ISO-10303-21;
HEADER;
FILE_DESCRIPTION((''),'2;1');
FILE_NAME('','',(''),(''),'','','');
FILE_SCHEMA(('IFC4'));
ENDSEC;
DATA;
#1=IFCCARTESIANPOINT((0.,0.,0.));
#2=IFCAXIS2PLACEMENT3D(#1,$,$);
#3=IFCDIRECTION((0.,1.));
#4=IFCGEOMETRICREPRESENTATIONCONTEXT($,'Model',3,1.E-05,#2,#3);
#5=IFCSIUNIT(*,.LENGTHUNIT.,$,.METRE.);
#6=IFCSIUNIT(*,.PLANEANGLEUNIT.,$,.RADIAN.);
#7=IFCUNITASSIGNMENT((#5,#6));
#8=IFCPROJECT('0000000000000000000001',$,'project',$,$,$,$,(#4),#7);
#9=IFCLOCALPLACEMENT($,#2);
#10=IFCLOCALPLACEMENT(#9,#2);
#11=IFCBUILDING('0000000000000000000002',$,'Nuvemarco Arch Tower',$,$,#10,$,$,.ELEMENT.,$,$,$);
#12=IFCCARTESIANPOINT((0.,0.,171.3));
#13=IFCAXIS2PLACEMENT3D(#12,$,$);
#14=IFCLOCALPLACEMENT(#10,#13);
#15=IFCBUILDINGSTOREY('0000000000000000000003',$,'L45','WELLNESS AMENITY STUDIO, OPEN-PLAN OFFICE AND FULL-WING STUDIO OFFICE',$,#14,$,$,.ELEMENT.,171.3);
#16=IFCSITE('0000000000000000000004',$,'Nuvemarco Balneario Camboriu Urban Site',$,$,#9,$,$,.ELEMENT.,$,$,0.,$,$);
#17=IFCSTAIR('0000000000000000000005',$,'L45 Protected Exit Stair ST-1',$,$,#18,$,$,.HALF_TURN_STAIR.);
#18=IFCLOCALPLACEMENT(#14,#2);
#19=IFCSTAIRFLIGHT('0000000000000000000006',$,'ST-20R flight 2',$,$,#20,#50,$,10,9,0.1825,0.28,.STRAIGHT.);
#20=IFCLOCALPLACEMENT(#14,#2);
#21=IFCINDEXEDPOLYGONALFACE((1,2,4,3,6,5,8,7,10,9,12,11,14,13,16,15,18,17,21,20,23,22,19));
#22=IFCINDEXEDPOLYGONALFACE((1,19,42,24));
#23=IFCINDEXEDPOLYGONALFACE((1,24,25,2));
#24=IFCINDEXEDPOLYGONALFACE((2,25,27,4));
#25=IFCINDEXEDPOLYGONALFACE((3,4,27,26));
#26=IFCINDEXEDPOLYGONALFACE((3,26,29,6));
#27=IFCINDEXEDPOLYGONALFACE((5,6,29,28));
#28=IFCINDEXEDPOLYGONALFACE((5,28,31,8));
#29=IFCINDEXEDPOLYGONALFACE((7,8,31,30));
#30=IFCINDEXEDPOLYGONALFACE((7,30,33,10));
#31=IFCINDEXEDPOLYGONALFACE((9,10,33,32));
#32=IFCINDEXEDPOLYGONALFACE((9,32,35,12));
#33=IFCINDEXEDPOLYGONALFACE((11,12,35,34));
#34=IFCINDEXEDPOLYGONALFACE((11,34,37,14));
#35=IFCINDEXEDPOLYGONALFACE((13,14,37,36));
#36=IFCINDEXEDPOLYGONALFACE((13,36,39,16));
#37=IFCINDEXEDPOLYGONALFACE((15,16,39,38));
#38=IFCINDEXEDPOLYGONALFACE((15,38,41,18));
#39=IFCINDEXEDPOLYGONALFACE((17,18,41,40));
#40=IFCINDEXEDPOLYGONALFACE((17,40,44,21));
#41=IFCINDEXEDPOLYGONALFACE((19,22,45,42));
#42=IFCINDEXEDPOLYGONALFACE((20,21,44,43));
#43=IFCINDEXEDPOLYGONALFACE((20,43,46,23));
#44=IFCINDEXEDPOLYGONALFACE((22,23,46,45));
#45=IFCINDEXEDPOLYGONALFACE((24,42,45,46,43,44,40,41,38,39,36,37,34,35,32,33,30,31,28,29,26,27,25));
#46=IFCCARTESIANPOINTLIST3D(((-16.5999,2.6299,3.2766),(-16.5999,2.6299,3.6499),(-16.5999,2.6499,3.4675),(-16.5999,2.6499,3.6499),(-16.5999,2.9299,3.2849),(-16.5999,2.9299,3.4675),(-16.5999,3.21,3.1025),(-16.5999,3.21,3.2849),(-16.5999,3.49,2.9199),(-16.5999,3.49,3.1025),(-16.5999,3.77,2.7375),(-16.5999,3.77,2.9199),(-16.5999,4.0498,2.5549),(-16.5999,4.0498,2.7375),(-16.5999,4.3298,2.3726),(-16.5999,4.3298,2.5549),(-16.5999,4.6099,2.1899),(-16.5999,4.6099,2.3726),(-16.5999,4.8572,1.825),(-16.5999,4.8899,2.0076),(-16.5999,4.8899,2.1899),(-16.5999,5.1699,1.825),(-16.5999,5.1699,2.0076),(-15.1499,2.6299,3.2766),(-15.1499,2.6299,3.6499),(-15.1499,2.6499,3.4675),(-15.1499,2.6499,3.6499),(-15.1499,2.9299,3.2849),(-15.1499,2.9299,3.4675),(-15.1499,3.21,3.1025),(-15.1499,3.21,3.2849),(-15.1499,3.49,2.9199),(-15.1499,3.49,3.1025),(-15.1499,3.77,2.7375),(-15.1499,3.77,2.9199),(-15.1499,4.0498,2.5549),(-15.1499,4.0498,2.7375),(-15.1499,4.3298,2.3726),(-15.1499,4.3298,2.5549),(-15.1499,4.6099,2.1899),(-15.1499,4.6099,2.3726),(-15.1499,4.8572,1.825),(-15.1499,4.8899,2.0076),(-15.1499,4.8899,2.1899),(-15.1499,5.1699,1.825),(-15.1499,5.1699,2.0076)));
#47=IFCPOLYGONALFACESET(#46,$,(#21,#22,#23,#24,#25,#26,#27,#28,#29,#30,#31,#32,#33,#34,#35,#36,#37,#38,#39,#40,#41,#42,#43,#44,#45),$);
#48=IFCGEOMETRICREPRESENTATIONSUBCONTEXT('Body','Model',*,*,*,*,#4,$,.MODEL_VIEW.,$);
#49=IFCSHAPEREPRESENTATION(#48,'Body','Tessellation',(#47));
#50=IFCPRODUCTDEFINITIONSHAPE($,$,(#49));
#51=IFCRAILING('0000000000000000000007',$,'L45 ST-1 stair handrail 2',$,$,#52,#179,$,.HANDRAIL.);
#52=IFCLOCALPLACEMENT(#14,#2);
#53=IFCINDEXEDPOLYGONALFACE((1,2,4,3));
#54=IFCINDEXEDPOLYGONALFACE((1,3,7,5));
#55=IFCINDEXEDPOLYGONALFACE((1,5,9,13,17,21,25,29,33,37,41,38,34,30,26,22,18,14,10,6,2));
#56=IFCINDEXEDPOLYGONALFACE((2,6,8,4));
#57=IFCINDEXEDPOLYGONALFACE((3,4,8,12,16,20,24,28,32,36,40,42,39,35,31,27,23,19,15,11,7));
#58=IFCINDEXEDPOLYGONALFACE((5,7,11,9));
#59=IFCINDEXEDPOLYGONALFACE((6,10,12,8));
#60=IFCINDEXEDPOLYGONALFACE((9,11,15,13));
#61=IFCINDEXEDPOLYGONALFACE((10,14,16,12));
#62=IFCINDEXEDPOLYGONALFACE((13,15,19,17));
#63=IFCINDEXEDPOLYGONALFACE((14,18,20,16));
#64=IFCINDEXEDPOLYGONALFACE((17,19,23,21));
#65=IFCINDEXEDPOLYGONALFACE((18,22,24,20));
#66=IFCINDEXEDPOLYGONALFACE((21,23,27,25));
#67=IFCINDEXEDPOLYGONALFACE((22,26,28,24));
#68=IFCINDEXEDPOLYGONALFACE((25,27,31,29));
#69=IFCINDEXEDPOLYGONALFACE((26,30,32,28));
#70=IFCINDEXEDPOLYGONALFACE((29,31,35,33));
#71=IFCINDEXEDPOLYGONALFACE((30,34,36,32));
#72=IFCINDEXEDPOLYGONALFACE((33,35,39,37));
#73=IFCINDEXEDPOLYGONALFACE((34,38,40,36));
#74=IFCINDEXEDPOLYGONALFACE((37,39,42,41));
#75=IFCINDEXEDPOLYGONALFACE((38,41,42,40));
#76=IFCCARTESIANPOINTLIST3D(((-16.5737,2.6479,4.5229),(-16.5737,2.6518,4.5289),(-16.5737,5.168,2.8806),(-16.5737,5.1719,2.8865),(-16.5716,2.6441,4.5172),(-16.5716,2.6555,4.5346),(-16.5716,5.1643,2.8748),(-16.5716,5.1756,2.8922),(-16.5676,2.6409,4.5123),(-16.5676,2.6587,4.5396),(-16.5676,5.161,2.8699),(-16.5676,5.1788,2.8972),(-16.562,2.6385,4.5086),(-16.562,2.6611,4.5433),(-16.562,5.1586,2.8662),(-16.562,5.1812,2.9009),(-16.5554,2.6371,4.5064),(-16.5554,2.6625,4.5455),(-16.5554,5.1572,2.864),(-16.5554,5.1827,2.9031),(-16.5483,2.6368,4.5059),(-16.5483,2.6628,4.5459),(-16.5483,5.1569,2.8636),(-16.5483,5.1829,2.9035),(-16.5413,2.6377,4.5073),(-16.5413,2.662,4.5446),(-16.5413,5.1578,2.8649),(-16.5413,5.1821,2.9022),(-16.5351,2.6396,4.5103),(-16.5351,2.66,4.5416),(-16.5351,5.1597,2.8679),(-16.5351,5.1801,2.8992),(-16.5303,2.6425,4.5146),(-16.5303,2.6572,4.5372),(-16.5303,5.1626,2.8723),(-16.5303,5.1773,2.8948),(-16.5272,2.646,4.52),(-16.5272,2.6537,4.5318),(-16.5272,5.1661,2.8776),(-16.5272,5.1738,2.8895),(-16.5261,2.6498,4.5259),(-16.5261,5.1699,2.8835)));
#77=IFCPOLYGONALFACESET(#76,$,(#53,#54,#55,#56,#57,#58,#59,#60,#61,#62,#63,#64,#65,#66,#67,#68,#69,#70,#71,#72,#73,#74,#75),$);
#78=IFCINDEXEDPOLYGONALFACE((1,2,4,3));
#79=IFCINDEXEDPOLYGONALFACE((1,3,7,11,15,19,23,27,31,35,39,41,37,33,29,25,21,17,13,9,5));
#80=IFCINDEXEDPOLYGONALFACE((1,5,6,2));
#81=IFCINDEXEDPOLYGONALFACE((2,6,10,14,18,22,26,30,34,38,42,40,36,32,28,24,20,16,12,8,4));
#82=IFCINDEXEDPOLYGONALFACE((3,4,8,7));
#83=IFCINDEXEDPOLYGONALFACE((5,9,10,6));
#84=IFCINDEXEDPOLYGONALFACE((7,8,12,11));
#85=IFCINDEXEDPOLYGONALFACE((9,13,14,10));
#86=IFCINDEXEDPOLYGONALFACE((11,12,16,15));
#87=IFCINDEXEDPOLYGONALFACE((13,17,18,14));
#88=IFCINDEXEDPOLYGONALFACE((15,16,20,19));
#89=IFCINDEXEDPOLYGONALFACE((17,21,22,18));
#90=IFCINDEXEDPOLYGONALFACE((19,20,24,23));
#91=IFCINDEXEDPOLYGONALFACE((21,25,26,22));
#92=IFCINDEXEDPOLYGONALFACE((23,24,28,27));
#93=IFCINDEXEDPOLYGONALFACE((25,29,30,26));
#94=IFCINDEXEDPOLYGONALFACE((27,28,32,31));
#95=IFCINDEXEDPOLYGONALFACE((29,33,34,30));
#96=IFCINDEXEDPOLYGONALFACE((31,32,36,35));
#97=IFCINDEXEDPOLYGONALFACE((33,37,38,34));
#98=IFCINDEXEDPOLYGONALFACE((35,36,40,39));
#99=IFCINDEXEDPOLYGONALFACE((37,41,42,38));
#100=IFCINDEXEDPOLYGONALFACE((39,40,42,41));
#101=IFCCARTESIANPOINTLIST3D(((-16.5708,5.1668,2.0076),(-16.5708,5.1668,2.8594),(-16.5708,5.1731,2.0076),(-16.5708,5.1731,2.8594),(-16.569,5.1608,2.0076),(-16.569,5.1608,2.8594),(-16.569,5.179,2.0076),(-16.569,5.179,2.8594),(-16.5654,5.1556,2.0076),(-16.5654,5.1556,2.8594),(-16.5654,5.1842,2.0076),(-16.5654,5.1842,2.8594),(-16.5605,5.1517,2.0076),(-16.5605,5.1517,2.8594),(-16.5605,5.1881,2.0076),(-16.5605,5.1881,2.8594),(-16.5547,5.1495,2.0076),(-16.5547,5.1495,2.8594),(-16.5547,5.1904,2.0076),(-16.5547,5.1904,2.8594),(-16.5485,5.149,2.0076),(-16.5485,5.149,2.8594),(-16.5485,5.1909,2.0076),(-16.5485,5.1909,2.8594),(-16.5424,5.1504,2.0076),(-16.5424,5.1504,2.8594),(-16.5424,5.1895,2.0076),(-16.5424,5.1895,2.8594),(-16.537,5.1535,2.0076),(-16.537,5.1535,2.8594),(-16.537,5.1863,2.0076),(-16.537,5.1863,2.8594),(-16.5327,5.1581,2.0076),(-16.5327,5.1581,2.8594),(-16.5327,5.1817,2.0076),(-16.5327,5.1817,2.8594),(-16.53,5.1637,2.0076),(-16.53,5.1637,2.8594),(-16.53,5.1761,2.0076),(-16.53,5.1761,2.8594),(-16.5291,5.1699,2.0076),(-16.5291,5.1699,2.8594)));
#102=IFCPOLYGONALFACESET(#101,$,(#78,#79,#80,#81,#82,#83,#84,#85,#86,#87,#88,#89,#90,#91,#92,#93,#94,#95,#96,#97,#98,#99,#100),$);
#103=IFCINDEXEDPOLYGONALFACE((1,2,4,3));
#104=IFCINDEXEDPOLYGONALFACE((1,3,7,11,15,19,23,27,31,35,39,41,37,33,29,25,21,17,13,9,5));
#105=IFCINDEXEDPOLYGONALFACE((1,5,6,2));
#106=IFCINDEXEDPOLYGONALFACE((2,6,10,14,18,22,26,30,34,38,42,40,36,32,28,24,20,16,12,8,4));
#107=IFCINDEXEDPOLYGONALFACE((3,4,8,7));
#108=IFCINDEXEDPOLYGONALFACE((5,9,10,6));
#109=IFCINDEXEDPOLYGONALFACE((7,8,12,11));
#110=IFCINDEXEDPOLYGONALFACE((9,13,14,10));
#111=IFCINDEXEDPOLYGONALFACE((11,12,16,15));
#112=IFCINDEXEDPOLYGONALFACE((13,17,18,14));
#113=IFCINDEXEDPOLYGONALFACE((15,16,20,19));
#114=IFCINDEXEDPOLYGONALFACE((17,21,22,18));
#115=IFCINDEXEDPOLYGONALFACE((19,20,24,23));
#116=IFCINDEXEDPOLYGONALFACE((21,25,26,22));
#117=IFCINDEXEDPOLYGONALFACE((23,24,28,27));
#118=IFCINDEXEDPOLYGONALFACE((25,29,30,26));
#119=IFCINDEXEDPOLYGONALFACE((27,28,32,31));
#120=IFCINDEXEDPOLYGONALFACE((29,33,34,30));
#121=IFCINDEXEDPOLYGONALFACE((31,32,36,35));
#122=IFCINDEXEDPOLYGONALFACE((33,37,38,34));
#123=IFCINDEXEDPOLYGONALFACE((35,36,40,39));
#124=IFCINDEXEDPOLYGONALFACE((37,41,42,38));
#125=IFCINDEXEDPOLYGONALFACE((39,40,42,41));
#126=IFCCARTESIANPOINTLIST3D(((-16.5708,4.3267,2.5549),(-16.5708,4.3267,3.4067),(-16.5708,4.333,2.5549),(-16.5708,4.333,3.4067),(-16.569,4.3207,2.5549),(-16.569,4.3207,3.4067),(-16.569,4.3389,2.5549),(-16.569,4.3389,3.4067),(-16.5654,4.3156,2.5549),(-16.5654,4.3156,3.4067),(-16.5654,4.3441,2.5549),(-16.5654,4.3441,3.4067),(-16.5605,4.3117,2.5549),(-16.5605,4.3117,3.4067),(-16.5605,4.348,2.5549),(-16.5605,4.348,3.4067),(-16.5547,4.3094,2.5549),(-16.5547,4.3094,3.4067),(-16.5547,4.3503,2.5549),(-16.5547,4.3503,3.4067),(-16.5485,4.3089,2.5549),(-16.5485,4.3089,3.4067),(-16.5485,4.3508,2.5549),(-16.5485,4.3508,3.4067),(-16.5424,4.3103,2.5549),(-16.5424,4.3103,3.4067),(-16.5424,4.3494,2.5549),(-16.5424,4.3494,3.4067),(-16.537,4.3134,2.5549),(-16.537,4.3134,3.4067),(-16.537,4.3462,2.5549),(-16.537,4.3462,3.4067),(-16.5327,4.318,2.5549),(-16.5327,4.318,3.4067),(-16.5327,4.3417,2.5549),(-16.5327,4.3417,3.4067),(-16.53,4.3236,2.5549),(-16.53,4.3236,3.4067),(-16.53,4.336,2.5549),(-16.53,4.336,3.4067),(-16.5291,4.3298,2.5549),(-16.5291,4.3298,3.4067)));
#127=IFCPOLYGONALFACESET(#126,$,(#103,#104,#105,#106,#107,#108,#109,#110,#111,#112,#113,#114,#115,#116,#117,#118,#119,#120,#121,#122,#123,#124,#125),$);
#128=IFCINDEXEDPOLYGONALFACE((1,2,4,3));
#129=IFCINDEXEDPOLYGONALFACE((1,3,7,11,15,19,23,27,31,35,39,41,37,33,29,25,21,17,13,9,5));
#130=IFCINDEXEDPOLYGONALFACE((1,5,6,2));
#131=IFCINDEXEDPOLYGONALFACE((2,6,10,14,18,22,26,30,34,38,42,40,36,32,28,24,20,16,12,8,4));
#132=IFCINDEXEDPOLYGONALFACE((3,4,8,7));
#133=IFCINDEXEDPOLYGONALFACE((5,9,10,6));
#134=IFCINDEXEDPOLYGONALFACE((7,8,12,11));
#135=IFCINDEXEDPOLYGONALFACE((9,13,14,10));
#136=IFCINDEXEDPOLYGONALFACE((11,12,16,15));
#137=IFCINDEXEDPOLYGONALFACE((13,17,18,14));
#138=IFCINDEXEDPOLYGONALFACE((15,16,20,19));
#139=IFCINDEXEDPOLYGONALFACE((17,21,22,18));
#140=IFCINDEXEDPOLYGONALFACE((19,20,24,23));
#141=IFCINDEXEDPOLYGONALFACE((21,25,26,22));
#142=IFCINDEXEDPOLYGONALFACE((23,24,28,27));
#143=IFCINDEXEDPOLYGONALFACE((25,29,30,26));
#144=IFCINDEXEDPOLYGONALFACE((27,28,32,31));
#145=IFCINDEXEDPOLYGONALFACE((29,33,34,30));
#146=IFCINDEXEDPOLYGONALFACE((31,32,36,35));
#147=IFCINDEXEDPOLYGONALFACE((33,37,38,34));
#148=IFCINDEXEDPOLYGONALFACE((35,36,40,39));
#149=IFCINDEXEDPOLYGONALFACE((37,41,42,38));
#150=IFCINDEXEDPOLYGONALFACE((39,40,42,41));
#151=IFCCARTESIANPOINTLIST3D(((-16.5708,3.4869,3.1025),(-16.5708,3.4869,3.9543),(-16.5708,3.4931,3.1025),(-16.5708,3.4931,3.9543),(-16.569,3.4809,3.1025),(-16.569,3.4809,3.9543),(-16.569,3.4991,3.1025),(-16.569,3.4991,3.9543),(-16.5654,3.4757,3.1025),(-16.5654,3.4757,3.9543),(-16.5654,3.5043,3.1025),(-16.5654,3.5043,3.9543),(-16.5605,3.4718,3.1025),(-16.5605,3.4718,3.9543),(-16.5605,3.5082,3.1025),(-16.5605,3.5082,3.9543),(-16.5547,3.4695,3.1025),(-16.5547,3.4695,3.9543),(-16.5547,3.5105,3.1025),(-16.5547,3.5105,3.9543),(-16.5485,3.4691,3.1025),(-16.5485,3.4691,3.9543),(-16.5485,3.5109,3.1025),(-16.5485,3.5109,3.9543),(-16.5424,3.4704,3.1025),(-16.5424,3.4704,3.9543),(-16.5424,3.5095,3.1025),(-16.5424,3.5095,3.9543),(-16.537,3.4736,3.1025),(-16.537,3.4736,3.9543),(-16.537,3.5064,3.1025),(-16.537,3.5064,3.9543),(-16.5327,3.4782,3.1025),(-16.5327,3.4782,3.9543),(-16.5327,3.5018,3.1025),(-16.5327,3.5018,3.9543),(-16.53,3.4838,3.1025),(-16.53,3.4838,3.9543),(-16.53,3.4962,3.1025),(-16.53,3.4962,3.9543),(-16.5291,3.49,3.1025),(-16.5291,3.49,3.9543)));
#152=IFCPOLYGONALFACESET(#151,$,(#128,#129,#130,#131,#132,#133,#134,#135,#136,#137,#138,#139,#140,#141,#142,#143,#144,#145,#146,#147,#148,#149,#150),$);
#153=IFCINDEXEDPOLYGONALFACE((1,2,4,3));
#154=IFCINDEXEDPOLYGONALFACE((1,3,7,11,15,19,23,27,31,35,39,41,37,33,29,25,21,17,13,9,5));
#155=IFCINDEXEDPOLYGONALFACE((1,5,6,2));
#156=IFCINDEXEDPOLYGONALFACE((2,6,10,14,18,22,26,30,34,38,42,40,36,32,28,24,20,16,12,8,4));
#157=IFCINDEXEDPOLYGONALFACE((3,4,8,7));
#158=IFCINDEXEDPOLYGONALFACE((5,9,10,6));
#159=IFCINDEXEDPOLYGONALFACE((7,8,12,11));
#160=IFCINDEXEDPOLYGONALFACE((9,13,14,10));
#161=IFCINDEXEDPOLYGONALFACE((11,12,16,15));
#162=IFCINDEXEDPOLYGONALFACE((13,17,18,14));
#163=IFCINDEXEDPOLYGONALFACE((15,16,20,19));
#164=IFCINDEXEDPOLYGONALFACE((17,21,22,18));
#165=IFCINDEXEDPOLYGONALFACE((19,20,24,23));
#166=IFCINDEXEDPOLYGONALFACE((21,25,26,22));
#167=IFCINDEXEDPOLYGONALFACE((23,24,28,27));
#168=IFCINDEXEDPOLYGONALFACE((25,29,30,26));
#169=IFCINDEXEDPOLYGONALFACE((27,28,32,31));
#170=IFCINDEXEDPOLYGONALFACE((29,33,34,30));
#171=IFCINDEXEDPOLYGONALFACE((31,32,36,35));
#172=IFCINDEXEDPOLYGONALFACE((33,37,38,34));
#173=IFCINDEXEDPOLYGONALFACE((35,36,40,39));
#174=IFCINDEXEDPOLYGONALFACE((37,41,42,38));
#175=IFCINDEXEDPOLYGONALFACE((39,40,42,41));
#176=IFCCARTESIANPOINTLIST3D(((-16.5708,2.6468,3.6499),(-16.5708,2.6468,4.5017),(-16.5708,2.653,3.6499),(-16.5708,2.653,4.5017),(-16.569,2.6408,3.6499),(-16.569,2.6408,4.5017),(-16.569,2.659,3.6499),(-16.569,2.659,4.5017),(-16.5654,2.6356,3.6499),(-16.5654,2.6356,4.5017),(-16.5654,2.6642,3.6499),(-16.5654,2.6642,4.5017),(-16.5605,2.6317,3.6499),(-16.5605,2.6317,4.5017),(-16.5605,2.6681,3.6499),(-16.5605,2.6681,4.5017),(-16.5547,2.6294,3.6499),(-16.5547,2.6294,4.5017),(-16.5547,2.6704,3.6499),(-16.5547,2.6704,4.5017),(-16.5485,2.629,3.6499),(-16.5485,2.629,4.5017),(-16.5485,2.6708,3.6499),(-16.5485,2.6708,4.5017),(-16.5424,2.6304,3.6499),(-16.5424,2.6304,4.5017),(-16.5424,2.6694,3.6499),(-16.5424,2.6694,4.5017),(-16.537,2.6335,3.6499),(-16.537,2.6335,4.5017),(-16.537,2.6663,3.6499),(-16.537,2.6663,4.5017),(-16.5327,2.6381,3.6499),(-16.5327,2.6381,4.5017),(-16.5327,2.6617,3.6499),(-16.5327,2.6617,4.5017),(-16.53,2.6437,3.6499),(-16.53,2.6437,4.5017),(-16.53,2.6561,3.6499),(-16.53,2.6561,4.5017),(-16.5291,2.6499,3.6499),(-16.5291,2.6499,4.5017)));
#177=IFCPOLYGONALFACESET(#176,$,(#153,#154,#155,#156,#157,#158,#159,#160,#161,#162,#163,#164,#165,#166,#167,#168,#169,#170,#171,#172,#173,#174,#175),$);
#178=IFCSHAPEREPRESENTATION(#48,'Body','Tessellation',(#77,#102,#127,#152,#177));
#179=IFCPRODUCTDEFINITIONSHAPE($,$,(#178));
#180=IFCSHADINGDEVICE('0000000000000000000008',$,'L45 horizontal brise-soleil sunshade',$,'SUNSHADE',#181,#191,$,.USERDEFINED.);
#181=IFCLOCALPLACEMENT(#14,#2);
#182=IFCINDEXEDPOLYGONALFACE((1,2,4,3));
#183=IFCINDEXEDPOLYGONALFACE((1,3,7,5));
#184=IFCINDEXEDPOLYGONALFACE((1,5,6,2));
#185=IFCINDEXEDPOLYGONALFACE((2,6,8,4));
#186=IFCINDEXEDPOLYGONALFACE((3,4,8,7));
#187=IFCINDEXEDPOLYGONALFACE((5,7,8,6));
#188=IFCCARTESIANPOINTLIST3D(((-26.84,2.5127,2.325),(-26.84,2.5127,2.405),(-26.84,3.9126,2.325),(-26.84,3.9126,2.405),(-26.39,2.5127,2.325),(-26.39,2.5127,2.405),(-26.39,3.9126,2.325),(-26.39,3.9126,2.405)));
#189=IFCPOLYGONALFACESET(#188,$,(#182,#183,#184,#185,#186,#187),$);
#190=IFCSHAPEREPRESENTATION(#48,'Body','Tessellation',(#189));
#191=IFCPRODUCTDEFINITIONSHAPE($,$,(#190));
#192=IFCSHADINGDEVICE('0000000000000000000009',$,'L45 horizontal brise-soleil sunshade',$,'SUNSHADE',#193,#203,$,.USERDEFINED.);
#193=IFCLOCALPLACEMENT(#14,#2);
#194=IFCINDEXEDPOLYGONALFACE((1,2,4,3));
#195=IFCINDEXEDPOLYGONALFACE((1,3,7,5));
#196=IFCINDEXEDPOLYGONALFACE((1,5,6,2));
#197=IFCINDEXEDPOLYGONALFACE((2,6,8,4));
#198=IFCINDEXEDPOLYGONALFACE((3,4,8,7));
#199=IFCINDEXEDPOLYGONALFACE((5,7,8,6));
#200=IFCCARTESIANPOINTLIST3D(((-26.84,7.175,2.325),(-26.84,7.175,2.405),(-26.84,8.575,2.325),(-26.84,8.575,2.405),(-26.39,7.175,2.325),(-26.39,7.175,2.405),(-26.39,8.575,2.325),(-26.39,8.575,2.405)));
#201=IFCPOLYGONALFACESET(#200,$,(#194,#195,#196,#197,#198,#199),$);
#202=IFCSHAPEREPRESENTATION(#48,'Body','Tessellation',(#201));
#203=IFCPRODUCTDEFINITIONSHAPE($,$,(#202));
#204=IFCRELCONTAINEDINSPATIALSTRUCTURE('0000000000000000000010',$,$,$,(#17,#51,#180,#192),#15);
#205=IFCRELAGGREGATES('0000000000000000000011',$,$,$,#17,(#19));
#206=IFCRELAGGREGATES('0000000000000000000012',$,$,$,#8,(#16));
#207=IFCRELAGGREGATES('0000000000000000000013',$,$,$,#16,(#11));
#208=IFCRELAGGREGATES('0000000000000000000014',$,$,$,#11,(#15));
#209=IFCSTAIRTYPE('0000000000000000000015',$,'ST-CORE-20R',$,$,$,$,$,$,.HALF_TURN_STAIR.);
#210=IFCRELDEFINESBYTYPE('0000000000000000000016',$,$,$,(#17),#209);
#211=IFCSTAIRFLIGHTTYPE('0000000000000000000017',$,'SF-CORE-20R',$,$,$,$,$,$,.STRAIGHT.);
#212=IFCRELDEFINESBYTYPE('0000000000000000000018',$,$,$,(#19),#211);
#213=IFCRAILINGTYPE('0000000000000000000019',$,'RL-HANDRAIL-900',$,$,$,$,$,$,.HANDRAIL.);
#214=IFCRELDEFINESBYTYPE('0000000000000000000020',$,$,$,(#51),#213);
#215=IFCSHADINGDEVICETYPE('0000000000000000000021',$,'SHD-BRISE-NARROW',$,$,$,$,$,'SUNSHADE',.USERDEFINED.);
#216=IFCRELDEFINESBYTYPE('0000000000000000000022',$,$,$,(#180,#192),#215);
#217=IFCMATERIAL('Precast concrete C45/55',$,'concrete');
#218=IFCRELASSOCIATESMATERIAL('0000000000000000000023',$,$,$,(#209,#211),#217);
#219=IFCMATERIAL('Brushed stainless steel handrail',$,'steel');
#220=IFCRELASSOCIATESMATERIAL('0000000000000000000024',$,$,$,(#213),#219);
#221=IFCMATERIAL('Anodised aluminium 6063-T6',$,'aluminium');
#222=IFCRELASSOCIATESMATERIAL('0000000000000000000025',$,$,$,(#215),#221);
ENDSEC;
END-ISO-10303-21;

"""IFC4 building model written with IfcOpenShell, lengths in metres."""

from ifc_helpers import new_model, si_unit, direction, frame, origin, origin_2d, place, context, subcontext, project, spatial, polyline, rectangle, circle, outline, extrude, source, transform, mapped, material, type_object, type_shapes, element, aggregate, save


model = new_model("IFC4")

# Units and contexts
model_context = context("Model", 3, precision=1e-05, world=origin(), true_north=direction((0.0, 1.0)))
body_context = subcontext(model_context, "Body", "Model", "MODEL_VIEW")
ifc_project = project(units=[si_unit("LENGTHUNIT", "METRE"), si_unit("PLANEANGLEUNIT", "RADIAN")], contexts=[model_context])

# Site, building, storey
site_placement = place(None, origin())
site = spatial("IfcSite", under=ifc_project, at=site_placement, Name="Nuvemarco Balneario Camboriu Urban Site", CompositionType="ELEMENT", RefElevation=0.0)
building_placement = place(site_placement, origin())
building = spatial("IfcBuilding", under=site, at=building_placement, Name="Nuvemarco Arch Tower", CompositionType="ELEMENT")
storey_placement = place(building_placement, frame((0.0, 0.0, 171.3)))
storey = spatial("IfcBuildingStorey", under=building, at=storey_placement, Name="L45", Description="WELLNESS AMENITY STUDIO, OPEN-PLAN OFFICE AND FULL-WING STUDIO OFFICE", CompositionType="ELEMENT", Elevation=171.3)

# Shared definitions
ifc_material_1 = material(Name="Precast concrete C45/55", Category="concrete")

# Stair, stair flight
stair_type = type_object("IfcStairType", Name="ST-CORE-20R", PredefinedType="HALF_TURN_STAIR", material=ifc_material_1)
stair_placement = place(storey_placement, origin())
stair = element("IfcStair", 1, at=stair_placement, inside=storey, type_object=stair_type, Name="L45 Protected Exit Stair ST-1", PredefinedType="HALF_TURN_STAIR")
stair_flight_type = type_object("IfcStairFlightType", Name="SF-CORE-20R", PredefinedType="STRAIGHT", material=ifc_material_1)
stair_flight_placement = place(storey_placement, frame((-15.875, 5.1699, 1.825), z_axis=(0.0, 0.0, 1.0), x_axis=(0.0, -1.0, 0.0)))
stair_flight = element("IfcStairFlight", 2, at=stair_flight_placement, type_object=stair_flight_type, Name="ST-20R flight 2", NumberOfRisers=10, NumberOfTreads=9, PredefinedType="STRAIGHT", RiserHeight=0.1825, TreadLength=0.28, context=body_context, shape_type="SweptSolid", body=[
    extrude(outline(polyline([(0.0, 0.0), (0.0, 0.1826), (0.28, 0.1826), (0.28, 0.365), (0.5601, 0.365), (0.5601, 0.5476), (0.8401, 0.5476), (0.8401, 0.73), (1.1201, 0.73), (1.1201, 0.9126), (1.3999, 0.9126), (1.3999, 1.095), (1.6799, 1.095), (1.6799, 1.2776), (1.96, 1.2776), (1.96, 1.46), (2.24, 1.46), (2.24, 1.6426), (2.52, 1.6426), (2.52, 1.825), (2.54, 1.825), (2.54, 1.4517), (0.3127, 0.0), (0.0, 0.0)])), frame((0.0, 0.7251, 0.0), z_axis=(0.0, -1.0, 0.0), x_axis=(1.0, 0.0, 0.0)), (0.0, 0.0, 1.0), 1.45),
])
aggregate(stair, [stair_flight])

# Railing
ifc_material_2 = material(Name="Brushed stainless steel handrail", Category="steel")
railing_type_1 = type_object("IfcRailingType", Name="RL-HANDRAIL-900", PredefinedType="HANDRAIL", material=ifc_material_2)
railing_1_placement = place(storey_placement, frame((-16.55, 5.1699, 2.0076)))
element("IfcRailing", 3, at=railing_1_placement, inside=storey, type_object=railing_type_1, Name="L45 ST-1 stair handrail 2", PredefinedType="HANDRAIL", context=body_context, shape_type="SweptSolid", body=[
    extrude(circle(Radius=0.0239, at=origin_2d()), frame((0.0, 0.0, 0.876), z_axis=(0.0, -0.837787, 0.545998), x_axis=(1.0, 0.0, 0.0)), (0.0, 0.0, 1.0), 3.0081),
    extrude(circle(Radius=0.021, at=origin_2d()), origin(), (0.0, 0.0, 1.0), 0.8518),
    extrude(circle(Radius=0.021, at=origin_2d()), frame((0.0, -0.8401, 0.5474)), (0.0, 0.0, 1.0), 0.8518),
    extrude(circle(Radius=0.021, at=origin_2d()), frame((0.0, -1.6799, 1.095)), (0.0, 0.0, 1.0), 0.8518),
    extrude(circle(Radius=0.021, at=origin_2d()), frame((0.0, -2.52, 1.6423)), (0.0, 0.0, 1.0), 0.8518),
])

# Shading devices
ifc_material_3 = material(Name="Anodised aluminium 6063-T6", Category="aluminium")
shading_device_type = type_object("IfcShadingDeviceType", Name="SHD-BRISE-NARROW", ElementType="SUNSHADE", PredefinedType="USERDEFINED", material=ifc_material_3)
shared_shape_1 = source(origin(), body_context, "Body", "SweptSolid", [
    extrude(rectangle(XDim=1.3999, YDim=0.45, at=origin_2d()), origin(), (0.0, 0.0, 1.0), 0.0801),
])
type_shapes(shading_device_type, [shared_shape_1])
for number, where, z_axis, x_axis, name in (
    (4, (-26.615, 3.2126, 2.325), (0.0, 0.0, 1.0), (0.0, 1.0, 0.0), "L45 horizontal brise-soleil sunshade"),
    (5, (-26.615, 7.875, 2.325), (0.0, 0.0, 1.0), (0.0, 1.0, 0.0), "L45 horizontal brise-soleil sunshade"),
):
    element("IfcShadingDevice", number, at=place(storey_placement, frame(where, z_axis=z_axis, x_axis=x_axis)), inside=storey, type_object=shading_device_type, Name=name, ObjectType="SUNSHADE", PredefinedType="USERDEFINED", context=body_context, shape_type="MappedRepresentation", body=[
        mapped(shared_shape_1, transform((0.0, 0.0, 0.0), scale=1.0)),
    ])

save(model, "model.ifc")
